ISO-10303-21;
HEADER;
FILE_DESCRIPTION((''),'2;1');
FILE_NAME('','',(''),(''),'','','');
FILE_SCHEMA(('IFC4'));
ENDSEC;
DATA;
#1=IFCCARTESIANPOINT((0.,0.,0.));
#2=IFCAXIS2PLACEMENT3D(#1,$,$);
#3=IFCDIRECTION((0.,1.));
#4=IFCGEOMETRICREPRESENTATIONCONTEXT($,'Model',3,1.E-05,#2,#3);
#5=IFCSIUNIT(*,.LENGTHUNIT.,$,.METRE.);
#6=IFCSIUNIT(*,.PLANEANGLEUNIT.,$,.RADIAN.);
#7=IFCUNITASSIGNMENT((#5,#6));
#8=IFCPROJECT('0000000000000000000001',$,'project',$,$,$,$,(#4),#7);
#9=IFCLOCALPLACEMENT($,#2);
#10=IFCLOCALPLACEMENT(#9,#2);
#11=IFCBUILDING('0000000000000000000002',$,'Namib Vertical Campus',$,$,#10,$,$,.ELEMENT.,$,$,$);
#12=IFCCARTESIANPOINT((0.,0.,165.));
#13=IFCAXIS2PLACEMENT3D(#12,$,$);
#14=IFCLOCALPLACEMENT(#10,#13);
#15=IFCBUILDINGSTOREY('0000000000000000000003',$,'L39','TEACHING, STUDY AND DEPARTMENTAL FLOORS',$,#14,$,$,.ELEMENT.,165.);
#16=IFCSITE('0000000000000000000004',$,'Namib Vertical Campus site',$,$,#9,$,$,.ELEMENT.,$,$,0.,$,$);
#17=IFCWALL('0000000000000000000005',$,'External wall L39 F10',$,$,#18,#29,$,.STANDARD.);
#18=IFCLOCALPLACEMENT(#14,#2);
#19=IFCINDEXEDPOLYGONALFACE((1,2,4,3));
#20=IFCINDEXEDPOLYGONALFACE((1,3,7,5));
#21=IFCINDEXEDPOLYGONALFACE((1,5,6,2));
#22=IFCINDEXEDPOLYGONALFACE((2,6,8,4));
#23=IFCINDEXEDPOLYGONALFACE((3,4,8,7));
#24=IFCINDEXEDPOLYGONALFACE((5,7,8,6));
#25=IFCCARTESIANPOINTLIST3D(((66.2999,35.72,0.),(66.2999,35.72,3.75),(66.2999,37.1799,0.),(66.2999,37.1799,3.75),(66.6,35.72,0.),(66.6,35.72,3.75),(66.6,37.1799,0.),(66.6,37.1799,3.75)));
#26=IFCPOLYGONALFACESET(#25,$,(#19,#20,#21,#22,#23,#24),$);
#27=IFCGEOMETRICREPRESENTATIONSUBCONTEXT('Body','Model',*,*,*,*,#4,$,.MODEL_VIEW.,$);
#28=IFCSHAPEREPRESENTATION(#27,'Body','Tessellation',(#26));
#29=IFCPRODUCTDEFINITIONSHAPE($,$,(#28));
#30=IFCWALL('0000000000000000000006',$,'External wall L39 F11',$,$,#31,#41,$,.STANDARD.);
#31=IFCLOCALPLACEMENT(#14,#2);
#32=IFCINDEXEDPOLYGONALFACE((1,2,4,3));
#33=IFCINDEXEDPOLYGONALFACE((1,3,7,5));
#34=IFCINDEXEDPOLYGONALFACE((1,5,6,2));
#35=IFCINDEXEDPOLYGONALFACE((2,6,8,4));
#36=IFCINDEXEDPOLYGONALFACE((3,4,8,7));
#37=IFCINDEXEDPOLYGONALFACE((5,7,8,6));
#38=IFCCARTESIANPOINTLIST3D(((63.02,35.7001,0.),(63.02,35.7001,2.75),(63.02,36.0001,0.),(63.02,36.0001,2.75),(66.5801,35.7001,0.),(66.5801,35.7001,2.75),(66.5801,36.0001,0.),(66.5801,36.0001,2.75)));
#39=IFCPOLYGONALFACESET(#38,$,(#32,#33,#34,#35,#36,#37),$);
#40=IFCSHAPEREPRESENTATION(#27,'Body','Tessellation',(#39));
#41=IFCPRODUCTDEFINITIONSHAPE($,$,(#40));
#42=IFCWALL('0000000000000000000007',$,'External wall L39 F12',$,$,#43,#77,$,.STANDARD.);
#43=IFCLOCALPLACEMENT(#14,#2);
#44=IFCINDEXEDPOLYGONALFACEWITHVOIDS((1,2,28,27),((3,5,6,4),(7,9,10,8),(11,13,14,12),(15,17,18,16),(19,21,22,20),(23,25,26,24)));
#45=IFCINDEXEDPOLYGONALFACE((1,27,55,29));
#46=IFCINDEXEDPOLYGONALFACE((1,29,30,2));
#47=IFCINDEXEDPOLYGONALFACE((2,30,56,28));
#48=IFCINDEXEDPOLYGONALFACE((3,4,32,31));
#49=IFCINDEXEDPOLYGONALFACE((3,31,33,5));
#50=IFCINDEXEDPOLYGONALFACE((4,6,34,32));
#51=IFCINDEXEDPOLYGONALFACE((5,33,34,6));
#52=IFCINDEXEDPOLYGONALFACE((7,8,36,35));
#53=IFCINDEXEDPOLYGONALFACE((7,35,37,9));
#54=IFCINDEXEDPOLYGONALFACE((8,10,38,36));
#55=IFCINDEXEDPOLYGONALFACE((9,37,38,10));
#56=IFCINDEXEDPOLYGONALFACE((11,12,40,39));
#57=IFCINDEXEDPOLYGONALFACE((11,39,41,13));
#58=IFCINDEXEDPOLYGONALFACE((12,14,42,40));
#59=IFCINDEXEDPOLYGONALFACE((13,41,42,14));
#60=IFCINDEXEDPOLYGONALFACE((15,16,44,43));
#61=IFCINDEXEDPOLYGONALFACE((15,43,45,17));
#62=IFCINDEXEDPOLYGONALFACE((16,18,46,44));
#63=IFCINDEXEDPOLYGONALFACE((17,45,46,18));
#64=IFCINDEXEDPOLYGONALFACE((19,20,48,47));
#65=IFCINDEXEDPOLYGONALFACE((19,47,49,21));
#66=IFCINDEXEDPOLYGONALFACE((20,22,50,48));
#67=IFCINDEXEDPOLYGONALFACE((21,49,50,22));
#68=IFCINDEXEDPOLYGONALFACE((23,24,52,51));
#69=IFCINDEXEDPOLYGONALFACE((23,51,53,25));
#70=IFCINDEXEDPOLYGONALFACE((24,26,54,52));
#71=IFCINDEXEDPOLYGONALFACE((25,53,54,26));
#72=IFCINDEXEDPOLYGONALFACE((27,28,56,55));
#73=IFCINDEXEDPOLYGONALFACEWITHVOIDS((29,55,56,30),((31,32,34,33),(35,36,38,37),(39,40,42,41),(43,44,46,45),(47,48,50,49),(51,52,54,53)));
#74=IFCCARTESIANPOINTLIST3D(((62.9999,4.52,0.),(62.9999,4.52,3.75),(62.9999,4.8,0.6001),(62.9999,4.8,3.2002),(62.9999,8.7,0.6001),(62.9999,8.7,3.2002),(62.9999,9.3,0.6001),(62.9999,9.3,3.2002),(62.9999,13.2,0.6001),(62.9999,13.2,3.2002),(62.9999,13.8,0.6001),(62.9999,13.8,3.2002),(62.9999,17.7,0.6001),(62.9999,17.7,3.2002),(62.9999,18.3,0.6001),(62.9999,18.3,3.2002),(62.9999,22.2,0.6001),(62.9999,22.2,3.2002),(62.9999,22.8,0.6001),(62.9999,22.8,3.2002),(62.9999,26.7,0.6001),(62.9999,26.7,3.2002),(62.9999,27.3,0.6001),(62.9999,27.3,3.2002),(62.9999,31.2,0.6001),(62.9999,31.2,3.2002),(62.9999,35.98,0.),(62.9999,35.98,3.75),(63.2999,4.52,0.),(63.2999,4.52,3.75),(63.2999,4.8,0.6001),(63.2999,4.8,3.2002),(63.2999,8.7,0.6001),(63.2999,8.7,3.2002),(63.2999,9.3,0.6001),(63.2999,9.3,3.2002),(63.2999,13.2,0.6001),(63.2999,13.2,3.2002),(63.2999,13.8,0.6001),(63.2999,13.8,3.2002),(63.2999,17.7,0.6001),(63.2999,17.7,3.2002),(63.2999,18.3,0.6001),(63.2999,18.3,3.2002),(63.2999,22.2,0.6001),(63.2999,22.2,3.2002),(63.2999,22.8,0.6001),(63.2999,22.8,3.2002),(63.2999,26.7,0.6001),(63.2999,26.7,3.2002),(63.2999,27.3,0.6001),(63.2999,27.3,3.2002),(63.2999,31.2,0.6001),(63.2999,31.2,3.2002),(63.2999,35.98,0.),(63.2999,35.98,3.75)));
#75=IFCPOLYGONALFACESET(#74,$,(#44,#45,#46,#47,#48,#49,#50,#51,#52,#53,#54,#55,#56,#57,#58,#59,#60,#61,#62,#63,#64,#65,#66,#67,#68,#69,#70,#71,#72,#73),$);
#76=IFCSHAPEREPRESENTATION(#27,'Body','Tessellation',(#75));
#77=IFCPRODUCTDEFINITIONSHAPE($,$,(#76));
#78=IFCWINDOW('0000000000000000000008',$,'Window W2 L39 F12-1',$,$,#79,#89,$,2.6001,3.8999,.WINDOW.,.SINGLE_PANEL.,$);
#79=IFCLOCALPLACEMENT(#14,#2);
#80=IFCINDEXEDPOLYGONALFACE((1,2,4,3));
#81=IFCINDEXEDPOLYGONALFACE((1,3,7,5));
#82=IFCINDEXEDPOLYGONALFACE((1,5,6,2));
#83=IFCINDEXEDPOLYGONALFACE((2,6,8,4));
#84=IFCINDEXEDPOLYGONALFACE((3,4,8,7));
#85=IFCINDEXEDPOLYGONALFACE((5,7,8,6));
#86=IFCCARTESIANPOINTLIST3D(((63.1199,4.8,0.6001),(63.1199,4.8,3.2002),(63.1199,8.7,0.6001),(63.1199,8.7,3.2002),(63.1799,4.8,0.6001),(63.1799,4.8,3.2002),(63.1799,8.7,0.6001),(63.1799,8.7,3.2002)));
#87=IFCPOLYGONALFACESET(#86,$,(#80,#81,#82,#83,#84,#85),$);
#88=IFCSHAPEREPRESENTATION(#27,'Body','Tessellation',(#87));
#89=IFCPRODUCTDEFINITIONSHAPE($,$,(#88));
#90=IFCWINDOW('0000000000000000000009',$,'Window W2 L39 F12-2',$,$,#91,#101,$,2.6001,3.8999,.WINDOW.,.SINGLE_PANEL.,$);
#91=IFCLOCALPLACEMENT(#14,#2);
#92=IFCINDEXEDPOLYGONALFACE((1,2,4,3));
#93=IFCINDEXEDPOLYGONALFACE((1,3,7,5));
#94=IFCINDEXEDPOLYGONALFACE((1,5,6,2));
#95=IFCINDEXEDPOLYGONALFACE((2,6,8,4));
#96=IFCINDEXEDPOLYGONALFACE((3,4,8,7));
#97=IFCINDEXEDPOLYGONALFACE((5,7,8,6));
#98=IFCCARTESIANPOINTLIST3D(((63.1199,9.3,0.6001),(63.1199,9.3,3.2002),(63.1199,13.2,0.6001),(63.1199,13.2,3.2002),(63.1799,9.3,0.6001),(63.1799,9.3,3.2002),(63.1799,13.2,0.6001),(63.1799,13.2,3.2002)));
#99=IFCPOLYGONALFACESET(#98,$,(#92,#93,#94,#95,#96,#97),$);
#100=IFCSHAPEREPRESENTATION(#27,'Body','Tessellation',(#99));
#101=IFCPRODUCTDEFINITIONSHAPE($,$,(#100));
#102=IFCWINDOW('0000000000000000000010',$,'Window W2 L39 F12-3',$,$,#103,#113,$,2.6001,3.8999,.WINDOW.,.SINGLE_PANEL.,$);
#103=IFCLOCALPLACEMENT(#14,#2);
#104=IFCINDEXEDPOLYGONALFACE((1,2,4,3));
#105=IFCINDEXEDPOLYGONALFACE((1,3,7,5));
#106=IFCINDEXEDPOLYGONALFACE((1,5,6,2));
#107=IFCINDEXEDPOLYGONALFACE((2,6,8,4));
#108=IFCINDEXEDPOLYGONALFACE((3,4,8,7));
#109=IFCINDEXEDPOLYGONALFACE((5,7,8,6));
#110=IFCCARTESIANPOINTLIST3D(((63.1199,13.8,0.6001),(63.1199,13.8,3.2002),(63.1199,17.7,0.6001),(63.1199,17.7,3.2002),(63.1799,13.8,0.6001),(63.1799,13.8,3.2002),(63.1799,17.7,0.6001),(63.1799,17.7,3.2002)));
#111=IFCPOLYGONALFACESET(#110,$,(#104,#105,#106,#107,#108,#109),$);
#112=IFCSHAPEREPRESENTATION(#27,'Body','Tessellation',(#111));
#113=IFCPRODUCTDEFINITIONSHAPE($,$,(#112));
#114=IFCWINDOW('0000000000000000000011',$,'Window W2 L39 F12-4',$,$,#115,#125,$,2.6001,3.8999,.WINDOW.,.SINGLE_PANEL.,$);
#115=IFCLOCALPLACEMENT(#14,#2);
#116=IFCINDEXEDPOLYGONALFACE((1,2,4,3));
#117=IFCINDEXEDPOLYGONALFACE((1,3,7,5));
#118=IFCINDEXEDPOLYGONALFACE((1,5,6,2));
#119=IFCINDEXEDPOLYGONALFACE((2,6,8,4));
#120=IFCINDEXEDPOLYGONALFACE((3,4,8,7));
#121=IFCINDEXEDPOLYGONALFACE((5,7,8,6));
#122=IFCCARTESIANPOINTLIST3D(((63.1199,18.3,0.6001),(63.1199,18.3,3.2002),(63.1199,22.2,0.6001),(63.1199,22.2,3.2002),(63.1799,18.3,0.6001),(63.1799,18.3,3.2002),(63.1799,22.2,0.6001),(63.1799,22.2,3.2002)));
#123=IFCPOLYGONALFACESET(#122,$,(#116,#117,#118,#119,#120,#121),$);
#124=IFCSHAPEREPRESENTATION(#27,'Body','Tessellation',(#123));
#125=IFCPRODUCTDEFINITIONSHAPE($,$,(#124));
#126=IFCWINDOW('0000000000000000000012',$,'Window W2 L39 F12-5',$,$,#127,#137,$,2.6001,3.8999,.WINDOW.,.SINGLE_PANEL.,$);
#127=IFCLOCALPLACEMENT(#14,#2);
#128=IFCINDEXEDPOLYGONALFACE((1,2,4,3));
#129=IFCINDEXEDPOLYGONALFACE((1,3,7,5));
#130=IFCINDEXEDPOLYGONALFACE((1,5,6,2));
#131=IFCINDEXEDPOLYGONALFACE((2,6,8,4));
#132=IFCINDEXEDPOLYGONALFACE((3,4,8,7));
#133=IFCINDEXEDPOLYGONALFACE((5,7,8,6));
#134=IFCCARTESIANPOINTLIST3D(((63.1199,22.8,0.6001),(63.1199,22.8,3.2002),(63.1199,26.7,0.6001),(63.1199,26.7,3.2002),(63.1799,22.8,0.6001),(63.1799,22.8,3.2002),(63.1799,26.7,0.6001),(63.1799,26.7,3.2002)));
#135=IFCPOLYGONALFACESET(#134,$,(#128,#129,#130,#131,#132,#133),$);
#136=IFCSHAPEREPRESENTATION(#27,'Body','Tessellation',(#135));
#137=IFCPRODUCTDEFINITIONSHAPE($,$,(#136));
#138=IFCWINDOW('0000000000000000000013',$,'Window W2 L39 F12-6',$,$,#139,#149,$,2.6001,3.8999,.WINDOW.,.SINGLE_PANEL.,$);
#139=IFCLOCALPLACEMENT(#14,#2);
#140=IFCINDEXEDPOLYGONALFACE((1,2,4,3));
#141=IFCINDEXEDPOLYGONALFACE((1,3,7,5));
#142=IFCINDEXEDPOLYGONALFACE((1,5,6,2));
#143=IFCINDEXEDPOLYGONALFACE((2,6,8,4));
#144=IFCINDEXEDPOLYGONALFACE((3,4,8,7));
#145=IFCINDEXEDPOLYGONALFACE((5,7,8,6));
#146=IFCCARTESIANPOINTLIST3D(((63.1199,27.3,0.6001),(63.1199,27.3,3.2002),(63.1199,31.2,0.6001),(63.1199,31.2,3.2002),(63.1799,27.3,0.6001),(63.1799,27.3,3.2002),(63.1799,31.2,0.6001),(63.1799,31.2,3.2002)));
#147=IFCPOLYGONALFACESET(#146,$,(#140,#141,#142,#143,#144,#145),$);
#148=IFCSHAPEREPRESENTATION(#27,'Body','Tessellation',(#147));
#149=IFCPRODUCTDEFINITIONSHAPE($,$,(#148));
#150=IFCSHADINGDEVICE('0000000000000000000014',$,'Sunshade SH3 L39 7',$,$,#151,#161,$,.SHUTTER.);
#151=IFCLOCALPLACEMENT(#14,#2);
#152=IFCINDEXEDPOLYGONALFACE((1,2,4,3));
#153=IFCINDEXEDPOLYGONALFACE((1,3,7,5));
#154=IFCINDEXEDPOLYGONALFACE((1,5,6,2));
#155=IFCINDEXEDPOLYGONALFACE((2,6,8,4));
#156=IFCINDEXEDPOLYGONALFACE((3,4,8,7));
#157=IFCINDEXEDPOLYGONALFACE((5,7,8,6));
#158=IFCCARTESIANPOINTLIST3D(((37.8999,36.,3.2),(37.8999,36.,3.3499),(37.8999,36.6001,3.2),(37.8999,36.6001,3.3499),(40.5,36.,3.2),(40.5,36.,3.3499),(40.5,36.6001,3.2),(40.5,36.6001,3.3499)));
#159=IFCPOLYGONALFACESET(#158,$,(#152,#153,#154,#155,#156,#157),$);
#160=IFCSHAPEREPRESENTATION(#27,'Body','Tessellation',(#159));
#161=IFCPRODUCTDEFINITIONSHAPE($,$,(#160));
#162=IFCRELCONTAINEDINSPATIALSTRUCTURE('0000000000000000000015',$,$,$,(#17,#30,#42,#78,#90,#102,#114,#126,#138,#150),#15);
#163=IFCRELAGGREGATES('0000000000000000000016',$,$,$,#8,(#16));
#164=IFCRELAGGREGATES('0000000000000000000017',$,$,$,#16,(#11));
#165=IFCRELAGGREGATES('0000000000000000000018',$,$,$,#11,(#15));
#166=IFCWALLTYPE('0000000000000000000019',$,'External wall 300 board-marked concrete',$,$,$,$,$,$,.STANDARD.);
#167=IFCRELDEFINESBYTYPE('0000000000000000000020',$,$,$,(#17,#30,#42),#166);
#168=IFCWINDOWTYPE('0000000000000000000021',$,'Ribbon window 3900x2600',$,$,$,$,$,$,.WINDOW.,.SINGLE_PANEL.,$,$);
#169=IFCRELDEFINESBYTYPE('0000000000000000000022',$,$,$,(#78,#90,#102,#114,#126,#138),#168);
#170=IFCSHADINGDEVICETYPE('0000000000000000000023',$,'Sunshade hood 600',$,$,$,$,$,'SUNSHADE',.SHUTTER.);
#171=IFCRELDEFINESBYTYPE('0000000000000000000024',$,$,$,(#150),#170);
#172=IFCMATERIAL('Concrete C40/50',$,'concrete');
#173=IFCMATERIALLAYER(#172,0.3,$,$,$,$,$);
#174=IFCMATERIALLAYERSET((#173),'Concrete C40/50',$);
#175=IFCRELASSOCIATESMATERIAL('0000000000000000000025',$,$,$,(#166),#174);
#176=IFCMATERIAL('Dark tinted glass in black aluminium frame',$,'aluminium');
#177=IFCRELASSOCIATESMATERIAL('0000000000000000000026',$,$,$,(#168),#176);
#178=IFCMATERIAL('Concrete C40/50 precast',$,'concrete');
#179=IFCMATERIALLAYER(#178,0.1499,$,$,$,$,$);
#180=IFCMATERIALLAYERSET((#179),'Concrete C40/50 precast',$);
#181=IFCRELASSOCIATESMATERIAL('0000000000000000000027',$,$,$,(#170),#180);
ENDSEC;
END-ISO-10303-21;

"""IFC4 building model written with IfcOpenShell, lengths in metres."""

from ifc_helpers import new_model, si_unit, direction, frame, frame_2d, origin, origin_2d, place, context, subcontext, project, spatial, rectangle, extrude, material, layer, layer_set, type_object, element, fill, save


model = new_model("IFC4")

# Units and contexts
model_context = context("Model", 3, precision=1e-05, world=origin(), true_north=direction((0.0, 1.0)))
body_context = subcontext(model_context, "Body", "Model", "MODEL_VIEW")
ifc_project = project(units=[si_unit("LENGTHUNIT", "METRE"), si_unit("PLANEANGLEUNIT", "RADIAN")], contexts=[model_context])

# Site, building, storey
site_placement = place(None, origin())
site = spatial("IfcSite", under=ifc_project, at=site_placement, Name="Namib Vertical Campus site", CompositionType="ELEMENT", RefElevation=0.0)
building_placement = place(site_placement, origin())
building = spatial("IfcBuilding", under=site, at=building_placement, Name="Namib Vertical Campus", CompositionType="ELEMENT")
storey_placement = place(building_placement, frame((0.0, 0.0, 165.0)))
storey = spatial("IfcBuildingStorey", under=building, at=storey_placement, Name="L39", Description="TEACHING, STUDY AND DEPARTMENTAL FLOORS", CompositionType="ELEMENT", Elevation=165.0)

# Walls
ifc_material_1 = material(Name="Concrete C40/50", Category="concrete")
ifc_layer_1 = layer(ifc_material_1, 0.3)
ifc_layer_set_1 = layer_set([ifc_layer_1], Name="Concrete C40/50")
wall_type_1 = type_object("IfcWallType", Name="External wall 300 board-marked concrete", PredefinedType="STANDARD", material=ifc_layer_set_1)
wall_1_placement = place(storey_placement, frame((66.45, 37.1799, 0.0), z_axis=(0.0, 0.0, 1.0), x_axis=(0.0, -1.0, 0.0)))
element("IfcWall", 1, at=wall_1_placement, inside=storey, type_object=wall_type_1, Name="External wall L39 F10", PredefinedType="STANDARD", context=body_context, shape_type="SweptSolid", body=[
    extrude(rectangle(XDim=1.46, YDim=0.3, at=frame_2d((0.73, 0.0))), origin(), (0.0, 0.0, 1.0), 3.75),
])
wall_2_placement = place(storey_placement, frame((66.5801, 35.8501, 0.0), z_axis=(0.0, 0.0, 1.0), x_axis=(-1.0, 0.0, 0.0)))
element("IfcWall", 2, at=wall_2_placement, inside=storey, type_object=wall_type_1, Name="External wall L39 F11", PredefinedType="STANDARD", context=body_context, shape_type="SweptSolid", body=[
    extrude(rectangle(XDim=3.5601, YDim=0.3, at=frame_2d((1.78, 0.0))), origin(), (0.0, 0.0, 1.0), 2.75),
])

# Wall, openings, windows
wall_3_placement = place(storey_placement, frame((63.1499, 35.98, 0.0), z_axis=(0.0, 0.0, 1.0), x_axis=(0.0, -1.0, 0.0)))
wall_3 = element("IfcWall", 3, at=wall_3_placement, inside=storey, type_object=wall_type_1, Name="External wall L39 F12", PredefinedType="STANDARD", context=body_context, shape_type="SweptSolid", body=[
    extrude(rectangle(XDim=31.46, YDim=0.3, at=frame_2d((15.73, 0.0))), origin(), (0.0, 0.0, 1.0), 3.75),
])
opening_1_placement = place(wall_3_placement, frame((27.28, 0.0, 0.6001)))
opening_1 = element("IfcOpeningElement", 4, at=opening_1_placement, cuts=wall_3, PredefinedType="OPENING", context=body_context, shape_type="SweptSolid", body=[
    extrude(rectangle(XDim=3.8999, YDim=2.6001, at=frame_2d((1.95, 1.3))), frame((0.0, 0.1599, 0.0), z_axis=(0.0, -1.0, 0.0), x_axis=(1.0, 0.0, 0.0)), (0.0, 0.0, 1.0), 0.3201),
])
opening_2_placement = place(wall_3_placement, frame((22.78, 0.0, 0.6001)))
opening_2 = element("IfcOpeningElement", 5, at=opening_2_placement, cuts=wall_3, PredefinedType="OPENING", context=body_context, shape_type="SweptSolid", body=[
    extrude(rectangle(XDim=3.8999, YDim=2.6001, at=frame_2d((1.95, 1.3))), frame((0.0, 0.1599, 0.0), z_axis=(0.0, -1.0, 0.0), x_axis=(1.0, 0.0, 0.0)), (0.0, 0.0, 1.0), 0.3201),
])
opening_3_placement = place(wall_3_placement, frame((18.28, 0.0, 0.6001)))
opening_3 = element("IfcOpeningElement", 6, at=opening_3_placement, cuts=wall_3, PredefinedType="OPENING", context=body_context, shape_type="SweptSolid", body=[
    extrude(rectangle(XDim=3.8999, YDim=2.6001, at=frame_2d((1.95, 1.3))), frame((0.0, 0.1599, 0.0), z_axis=(0.0, -1.0, 0.0), x_axis=(1.0, 0.0, 0.0)), (0.0, 0.0, 1.0), 0.3201),
])
opening_4_placement = place(wall_3_placement, frame((13.78, 0.0, 0.6001)))
opening_4 = element("IfcOpeningElement", 7, at=opening_4_placement, cuts=wall_3, PredefinedType="OPENING", context=body_context, shape_type="SweptSolid", body=[
    extrude(rectangle(XDim=3.8999, YDim=2.6001, at=frame_2d((1.95, 1.3))), frame((0.0, 0.1599, 0.0), z_axis=(0.0, -1.0, 0.0), x_axis=(1.0, 0.0, 0.0)), (0.0, 0.0, 1.0), 0.3201),
])
opening_5_placement = place(wall_3_placement, frame((9.28, 0.0, 0.6001)))
opening_5 = element("IfcOpeningElement", 8, at=opening_5_placement, cuts=wall_3, PredefinedType="OPENING", context=body_context, shape_type="SweptSolid", body=[
    extrude(rectangle(XDim=3.8999, YDim=2.6001, at=frame_2d((1.95, 1.3))), frame((0.0, 0.1599, 0.0), z_axis=(0.0, -1.0, 0.0), x_axis=(1.0, 0.0, 0.0)), (0.0, 0.0, 1.0), 0.3201),
])
opening_6_placement = place(wall_3_placement, frame((4.78, 0.0, 0.6001)))
opening_6 = element("IfcOpeningElement", 9, at=opening_6_placement, cuts=wall_3, PredefinedType="OPENING", context=body_context, shape_type="SweptSolid", body=[
    extrude(rectangle(XDim=3.8999, YDim=2.6001, at=frame_2d((1.95, 1.3))), frame((0.0, 0.1599, 0.0), z_axis=(0.0, -1.0, 0.0), x_axis=(1.0, 0.0, 0.0)), (0.0, 0.0, 1.0), 0.3201),
])
ifc_material_2 = material(Name="Dark tinted glass in black aluminium frame", Category="aluminium")
window_type = type_object("IfcWindowType", Name="Ribbon window 3900x2600", PartitioningType="SINGLE_PANEL", PredefinedType="WINDOW", material=ifc_material_2)
window_1_placement = place(opening_1_placement, origin())
window_1 = element("IfcWindow", 10, at=window_1_placement, inside=storey, type_object=window_type, Name="Window W2 L39 F12-1", OverallHeight=2.6001, OverallWidth=3.8999, PartitioningType="SINGLE_PANEL", PredefinedType="WINDOW", context=body_context, shape_type="SweptSolid", body=[
    extrude(rectangle(XDim=3.8999, YDim=2.6001, at=frame_2d((1.95, 1.3))), frame((0.0, 0.03, 0.0), z_axis=(0.0, -1.0, 0.0), x_axis=(1.0, 0.0, 0.0)), (0.0, 0.0, 1.0), 0.0601),
])
fill(opening_1, window_1)
window_2_placement = place(opening_2_placement, origin())
window_2 = element("IfcWindow", 11, at=window_2_placement, inside=storey, type_object=window_type, Name="Window W2 L39 F12-2", OverallHeight=2.6001, OverallWidth=3.8999, PartitioningType="SINGLE_PANEL", PredefinedType="WINDOW", context=body_context, shape_type="SweptSolid", body=[
    extrude(rectangle(XDim=3.8999, YDim=2.6001, at=frame_2d((1.95, 1.3))), frame((0.0, 0.03, 0.0), z_axis=(0.0, -1.0, 0.0), x_axis=(1.0, 0.0, 0.0)), (0.0, 0.0, 1.0), 0.0601),
])
fill(opening_2, window_2)
window_3_placement = place(opening_3_placement, origin())
window_3 = element("IfcWindow", 12, at=window_3_placement, inside=storey, type_object=window_type, Name="Window W2 L39 F12-3", OverallHeight=2.6001, OverallWidth=3.8999, PartitioningType="SINGLE_PANEL", PredefinedType="WINDOW", context=body_context, shape_type="SweptSolid", body=[
    extrude(rectangle(XDim=3.8999, YDim=2.6001, at=frame_2d((1.95, 1.3))), frame((0.0, 0.03, 0.0), z_axis=(0.0, -1.0, 0.0), x_axis=(1.0, 0.0, 0.0)), (0.0, 0.0, 1.0), 0.0601),
])
fill(opening_3, window_3)
window_4_placement = place(opening_4_placement, origin())
window_4 = element("IfcWindow", 13, at=window_4_placement, inside=storey, type_object=window_type, Name="Window W2 L39 F12-4", OverallHeight=2.6001, OverallWidth=3.8999, PartitioningType="SINGLE_PANEL", PredefinedType="WINDOW", context=body_context, shape_type="SweptSolid", body=[
    extrude(rectangle(XDim=3.8999, YDim=2.6001, at=frame_2d((1.95, 1.3))), frame((0.0, 0.03, 0.0), z_axis=(0.0, -1.0, 0.0), x_axis=(1.0, 0.0, 0.0)), (0.0, 0.0, 1.0), 0.0601),
])
fill(opening_4, window_4)
window_5_placement = place(opening_5_placement, origin())
window_5 = element("IfcWindow", 14, at=window_5_placement, inside=storey, type_object=window_type, Name="Window W2 L39 F12-5", OverallHeight=2.6001, OverallWidth=3.8999, PartitioningType="SINGLE_PANEL", PredefinedType="WINDOW", context=body_context, shape_type="SweptSolid", body=[
    extrude(rectangle(XDim=3.8999, YDim=2.6001, at=frame_2d((1.95, 1.3))), frame((0.0, 0.03, 0.0), z_axis=(0.0, -1.0, 0.0), x_axis=(1.0, 0.0, 0.0)), (0.0, 0.0, 1.0), 0.0601),
])
fill(opening_5, window_5)
window_6_placement = place(opening_6_placement, origin())
window_6 = element("IfcWindow", 15, at=window_6_placement, inside=storey, type_object=window_type, Name="Window W2 L39 F12-6", OverallHeight=2.6001, OverallWidth=3.8999, PartitioningType="SINGLE_PANEL", PredefinedType="WINDOW", context=body_context, shape_type="SweptSolid", body=[
    extrude(rectangle(XDim=3.8999, YDim=2.6001, at=frame_2d((1.95, 1.3))), frame((0.0, 0.03, 0.0), z_axis=(0.0, -1.0, 0.0), x_axis=(1.0, 0.0, 0.0)), (0.0, 0.0, 1.0), 0.0601),
])
fill(opening_6, window_6)

# Shading device
ifc_material_3 = material(Name="Concrete C40/50 precast", Category="concrete")
ifc_layer_2 = layer(ifc_material_3, 0.1499)
ifc_layer_set_2 = layer_set([ifc_layer_2], Name="Concrete C40/50 precast")
shading_device_type = type_object("IfcShadingDeviceType", Name="Sunshade hood 600", ElementType="SUNSHADE", PredefinedType="SHUTTER", material=ifc_layer_set_2)
shading_device_placement = place(storey_placement, frame((39.2, 36.3, 3.2), z_axis=(0.0, 0.0, 1.0), x_axis=(-1.0, 0.0, 0.0)))
element("IfcShadingDevice", 16, at=shading_device_placement, inside=storey, type_object=shading_device_type, Name="Sunshade SH3 L39 7", PredefinedType="SHUTTER", context=body_context, shape_type="SweptSolid", body=[
    extrude(rectangle(XDim=2.6001, YDim=0.6001, at=origin_2d()), origin(), (0.0, 0.0, 1.0), 0.1499),
])

save(model, "model.ifc")
